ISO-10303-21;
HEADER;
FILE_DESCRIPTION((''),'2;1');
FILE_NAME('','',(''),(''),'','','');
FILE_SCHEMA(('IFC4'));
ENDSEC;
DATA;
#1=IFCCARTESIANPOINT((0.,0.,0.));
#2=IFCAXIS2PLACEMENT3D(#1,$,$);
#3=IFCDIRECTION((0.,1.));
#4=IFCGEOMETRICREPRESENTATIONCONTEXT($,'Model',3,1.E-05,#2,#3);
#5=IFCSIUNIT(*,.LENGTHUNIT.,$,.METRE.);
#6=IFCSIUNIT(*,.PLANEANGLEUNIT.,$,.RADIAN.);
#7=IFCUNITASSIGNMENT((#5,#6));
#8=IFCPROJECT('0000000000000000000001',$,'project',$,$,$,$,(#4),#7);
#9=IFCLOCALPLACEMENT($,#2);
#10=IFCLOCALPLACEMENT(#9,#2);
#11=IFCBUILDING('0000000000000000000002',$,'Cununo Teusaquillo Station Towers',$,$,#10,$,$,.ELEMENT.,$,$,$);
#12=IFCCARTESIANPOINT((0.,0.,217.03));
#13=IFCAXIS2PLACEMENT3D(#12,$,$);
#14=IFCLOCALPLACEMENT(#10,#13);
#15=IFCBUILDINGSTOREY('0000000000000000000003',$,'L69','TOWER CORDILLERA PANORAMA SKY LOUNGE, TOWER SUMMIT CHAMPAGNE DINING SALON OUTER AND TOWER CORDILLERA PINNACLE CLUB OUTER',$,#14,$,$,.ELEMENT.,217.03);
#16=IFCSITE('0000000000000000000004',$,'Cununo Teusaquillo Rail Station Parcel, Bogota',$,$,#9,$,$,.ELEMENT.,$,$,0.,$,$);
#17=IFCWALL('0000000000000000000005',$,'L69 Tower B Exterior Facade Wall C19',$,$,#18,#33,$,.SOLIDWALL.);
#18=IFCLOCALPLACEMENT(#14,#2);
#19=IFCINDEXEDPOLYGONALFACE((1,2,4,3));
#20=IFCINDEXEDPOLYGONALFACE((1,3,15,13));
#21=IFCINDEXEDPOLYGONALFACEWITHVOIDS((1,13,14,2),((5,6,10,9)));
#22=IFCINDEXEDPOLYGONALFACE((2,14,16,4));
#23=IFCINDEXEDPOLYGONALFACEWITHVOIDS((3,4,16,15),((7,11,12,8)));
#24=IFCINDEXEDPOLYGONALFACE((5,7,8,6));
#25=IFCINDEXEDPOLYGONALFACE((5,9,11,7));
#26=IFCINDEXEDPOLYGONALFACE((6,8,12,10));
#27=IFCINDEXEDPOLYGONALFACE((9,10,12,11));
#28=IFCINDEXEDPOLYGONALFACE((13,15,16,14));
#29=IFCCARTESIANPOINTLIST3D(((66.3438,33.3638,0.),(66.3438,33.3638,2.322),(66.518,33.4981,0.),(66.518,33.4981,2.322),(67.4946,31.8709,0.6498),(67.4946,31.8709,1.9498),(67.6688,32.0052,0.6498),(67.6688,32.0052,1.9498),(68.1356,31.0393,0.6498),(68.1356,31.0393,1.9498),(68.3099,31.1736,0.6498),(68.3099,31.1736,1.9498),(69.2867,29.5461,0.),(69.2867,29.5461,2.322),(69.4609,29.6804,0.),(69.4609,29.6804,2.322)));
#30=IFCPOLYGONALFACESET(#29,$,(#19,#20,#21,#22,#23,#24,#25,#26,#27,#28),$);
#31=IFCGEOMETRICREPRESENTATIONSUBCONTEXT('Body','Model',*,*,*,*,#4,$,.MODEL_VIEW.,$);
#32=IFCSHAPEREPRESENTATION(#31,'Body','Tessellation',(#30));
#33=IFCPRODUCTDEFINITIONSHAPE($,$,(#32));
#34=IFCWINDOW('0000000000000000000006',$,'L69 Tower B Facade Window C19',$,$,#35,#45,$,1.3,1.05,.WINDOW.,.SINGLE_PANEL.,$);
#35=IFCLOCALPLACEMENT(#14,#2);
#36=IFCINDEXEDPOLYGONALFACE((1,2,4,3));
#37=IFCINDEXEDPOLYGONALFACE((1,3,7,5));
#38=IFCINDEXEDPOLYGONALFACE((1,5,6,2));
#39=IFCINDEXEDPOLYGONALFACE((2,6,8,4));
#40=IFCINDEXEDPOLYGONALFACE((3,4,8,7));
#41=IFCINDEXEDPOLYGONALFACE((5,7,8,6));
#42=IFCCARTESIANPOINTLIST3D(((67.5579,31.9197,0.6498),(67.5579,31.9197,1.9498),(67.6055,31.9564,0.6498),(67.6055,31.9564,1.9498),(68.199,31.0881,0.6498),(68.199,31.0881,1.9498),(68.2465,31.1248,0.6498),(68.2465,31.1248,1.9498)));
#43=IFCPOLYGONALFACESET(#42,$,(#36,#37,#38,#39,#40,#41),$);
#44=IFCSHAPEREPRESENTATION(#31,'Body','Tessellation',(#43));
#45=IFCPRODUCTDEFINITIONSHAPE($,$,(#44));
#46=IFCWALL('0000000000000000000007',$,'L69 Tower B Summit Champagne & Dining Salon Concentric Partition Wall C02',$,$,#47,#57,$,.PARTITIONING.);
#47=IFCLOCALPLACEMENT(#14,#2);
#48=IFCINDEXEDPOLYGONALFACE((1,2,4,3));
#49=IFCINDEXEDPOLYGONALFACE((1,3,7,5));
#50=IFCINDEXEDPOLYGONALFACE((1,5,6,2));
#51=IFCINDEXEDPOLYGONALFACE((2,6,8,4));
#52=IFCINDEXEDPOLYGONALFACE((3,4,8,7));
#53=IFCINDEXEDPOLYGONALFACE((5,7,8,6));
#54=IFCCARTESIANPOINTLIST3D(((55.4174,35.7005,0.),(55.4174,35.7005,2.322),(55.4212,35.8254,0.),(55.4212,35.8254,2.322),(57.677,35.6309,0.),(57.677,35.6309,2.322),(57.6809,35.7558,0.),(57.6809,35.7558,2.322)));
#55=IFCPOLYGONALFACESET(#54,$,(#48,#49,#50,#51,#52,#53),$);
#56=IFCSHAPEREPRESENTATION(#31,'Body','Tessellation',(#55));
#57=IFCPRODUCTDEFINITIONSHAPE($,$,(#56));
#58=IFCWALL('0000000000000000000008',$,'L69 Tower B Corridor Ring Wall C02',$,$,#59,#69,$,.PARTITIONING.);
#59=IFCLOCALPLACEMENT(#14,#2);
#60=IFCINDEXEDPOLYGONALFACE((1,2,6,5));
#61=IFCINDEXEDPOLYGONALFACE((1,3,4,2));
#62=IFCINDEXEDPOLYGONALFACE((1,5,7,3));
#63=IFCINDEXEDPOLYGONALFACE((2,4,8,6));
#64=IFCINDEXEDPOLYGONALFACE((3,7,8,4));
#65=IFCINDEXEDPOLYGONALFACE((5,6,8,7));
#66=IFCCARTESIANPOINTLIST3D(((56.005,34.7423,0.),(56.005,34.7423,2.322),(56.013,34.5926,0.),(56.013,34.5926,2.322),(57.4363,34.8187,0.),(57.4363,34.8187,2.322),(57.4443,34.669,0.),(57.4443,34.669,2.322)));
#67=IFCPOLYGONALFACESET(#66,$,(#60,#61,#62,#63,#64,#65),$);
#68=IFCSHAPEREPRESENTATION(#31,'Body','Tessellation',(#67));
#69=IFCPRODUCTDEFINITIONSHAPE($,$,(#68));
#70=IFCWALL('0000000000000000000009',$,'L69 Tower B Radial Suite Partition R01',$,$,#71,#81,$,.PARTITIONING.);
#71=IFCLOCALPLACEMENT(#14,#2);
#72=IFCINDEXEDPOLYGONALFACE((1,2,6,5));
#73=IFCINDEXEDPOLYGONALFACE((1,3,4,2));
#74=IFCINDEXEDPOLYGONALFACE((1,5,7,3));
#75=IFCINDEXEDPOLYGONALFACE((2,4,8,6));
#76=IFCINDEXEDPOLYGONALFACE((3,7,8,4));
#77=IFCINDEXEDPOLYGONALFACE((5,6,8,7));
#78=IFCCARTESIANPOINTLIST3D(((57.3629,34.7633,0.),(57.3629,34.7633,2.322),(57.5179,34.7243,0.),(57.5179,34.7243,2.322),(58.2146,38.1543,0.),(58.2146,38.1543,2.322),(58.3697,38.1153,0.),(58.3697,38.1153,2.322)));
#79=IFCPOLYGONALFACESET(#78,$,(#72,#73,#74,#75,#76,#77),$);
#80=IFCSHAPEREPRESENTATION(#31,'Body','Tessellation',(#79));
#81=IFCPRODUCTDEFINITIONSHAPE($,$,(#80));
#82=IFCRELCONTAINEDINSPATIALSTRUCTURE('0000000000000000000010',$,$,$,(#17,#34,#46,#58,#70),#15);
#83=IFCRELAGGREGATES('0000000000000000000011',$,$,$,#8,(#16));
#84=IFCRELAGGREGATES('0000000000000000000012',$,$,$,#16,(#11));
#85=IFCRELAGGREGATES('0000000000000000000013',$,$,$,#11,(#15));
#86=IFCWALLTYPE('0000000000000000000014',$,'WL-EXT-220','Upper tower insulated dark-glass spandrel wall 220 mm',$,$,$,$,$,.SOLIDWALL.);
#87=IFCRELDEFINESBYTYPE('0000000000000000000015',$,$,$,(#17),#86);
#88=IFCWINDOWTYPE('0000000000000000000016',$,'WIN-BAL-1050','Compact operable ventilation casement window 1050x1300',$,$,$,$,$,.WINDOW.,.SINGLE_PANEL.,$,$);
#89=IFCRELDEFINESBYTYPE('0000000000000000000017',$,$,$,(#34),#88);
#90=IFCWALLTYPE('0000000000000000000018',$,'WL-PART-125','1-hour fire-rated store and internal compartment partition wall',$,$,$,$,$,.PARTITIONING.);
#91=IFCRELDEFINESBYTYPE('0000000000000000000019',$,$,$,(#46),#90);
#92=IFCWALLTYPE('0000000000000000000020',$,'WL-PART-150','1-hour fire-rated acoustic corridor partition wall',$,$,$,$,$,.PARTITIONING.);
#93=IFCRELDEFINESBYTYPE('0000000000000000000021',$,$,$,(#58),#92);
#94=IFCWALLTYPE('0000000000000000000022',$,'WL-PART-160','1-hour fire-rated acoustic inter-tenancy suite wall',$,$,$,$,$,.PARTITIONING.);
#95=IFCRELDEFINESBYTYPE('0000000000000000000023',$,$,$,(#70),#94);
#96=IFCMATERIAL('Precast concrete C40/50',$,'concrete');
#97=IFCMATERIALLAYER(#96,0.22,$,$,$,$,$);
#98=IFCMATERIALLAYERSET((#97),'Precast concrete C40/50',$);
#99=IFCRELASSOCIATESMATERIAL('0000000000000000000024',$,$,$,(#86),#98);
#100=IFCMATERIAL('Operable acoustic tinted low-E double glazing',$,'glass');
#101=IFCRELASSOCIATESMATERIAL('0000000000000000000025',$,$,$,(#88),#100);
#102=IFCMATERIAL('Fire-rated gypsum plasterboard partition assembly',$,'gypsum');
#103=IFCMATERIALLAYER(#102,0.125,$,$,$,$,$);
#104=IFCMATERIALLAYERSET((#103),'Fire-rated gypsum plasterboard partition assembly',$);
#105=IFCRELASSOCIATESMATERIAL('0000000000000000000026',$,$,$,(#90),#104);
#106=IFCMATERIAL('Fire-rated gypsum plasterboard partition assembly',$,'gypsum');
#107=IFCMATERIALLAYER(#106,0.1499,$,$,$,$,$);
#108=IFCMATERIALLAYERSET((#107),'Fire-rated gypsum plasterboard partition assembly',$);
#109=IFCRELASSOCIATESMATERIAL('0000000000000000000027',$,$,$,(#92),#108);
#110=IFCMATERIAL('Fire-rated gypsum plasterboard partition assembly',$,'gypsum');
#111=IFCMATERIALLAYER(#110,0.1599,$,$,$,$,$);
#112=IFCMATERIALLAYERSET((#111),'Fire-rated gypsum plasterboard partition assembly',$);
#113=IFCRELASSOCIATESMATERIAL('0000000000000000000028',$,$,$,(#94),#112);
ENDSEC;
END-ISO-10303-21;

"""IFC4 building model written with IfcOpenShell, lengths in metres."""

from ifc_helpers import new_model, si_unit, direction, frame, frame_2d, origin, place, context, subcontext, project, spatial, rectangle, extrude, source, transform, mapped, material, layer, layer_set, type_object, element, fill, save


model = new_model("IFC4")

# Units and contexts
model_context = context("Model", 3, precision=1e-05, world=origin(), true_north=direction((0.0, 1.0)))
body_context = subcontext(model_context, "Body", "Model", "MODEL_VIEW")
ifc_project = project(units=[si_unit("LENGTHUNIT", "METRE"), si_unit("PLANEANGLEUNIT", "RADIAN")], contexts=[model_context])

# Site, building, storey
site_placement = place(None, origin())
site = spatial("IfcSite", under=ifc_project, at=site_placement, Name="Cununo Teusaquillo Rail Station Parcel, Bogota", CompositionType="ELEMENT", RefElevation=0.0)
building_placement = place(site_placement, origin())
building = spatial("IfcBuilding", under=site, at=building_placement, Name="Cununo Teusaquillo Station Towers", CompositionType="ELEMENT")
storey_placement = place(building_placement, frame((0.0, 0.0, 217.03)))
storey = spatial("IfcBuildingStorey", under=building, at=storey_placement, Name="L69", Description="TOWER CORDILLERA PANORAMA SKY LOUNGE, TOWER SUMMIT CHAMPAGNE DINING SALON OUTER AND TOWER CORDILLERA PINNACLE CLUB OUTER", CompositionType="ELEMENT", Elevation=217.03)

# Shared definitions
ifc_material_1 = material(Name="Precast concrete C40/50", Category="concrete")
ifc_layer_1 = layer(ifc_material_1, 0.22)
ifc_layer_set_1 = layer_set([ifc_layer_1], Name="Precast concrete C40/50")
wall_type_1 = type_object("IfcWallType", Name="WL-EXT-220", Description="Upper tower insulated dark-glass spandrel wall 220 mm", PredefinedType="SOLIDWALL", material=ifc_layer_set_1)

# Wall, opening, window
wall_1_placement = place(storey_placement, frame((66.4309, 33.4309, 0.0), z_axis=(0.0, 0.0, 1.0), x_axis=(0.610523, -0.791998, 0.0)))
wall_1 = element("IfcWall", 1, at=wall_1_placement, inside=storey, type_object=wall_type_1, Name="L69 Tower B Exterior Facade Wall C19", PredefinedType="SOLIDWALL", context=body_context, shape_type="SweptSolid", body=[
    extrude(rectangle(XDim=4.8203, YDim=0.22, at=frame_2d((2.4102, 0.0))), origin(), (0.0, 0.0, 1.0), 2.322),
])
shared_shape_1 = source(origin(), body_context, "Body", "SweptSolid", [
    extrude(rectangle(XDim=1.05, YDim=1.3, at=frame_2d((0.5249, 0.6499))), frame((0.0, 0.1199, 0.0), z_axis=(0.0, -1.0, 0.0), x_axis=(1.0, 0.0, 0.0)), (0.0, 0.0, 1.0), 0.24),
])
opening_placement = place(wall_1_placement, frame((1.885, 0.0, 0.6499)))
opening = element("IfcOpeningElement", 2, at=opening_placement, cuts=wall_1, PredefinedType="OPENING", context=body_context, shape_type="MappedRepresentation", body=[
    mapped(shared_shape_1, transform((0.0, 0.0, 0.0), x_axis=(1.0, 0.0, 0.0), y_axis=(0.0, 1.0, 0.0), z_axis=(0.0, 0.0, 1.0), scale=1.0)),
])
ifc_material_2 = material(Name="Operable acoustic tinted low-E double glazing", Category="glass")
window_type = type_object("IfcWindowType", Name="WIN-BAL-1050", Description="Compact operable ventilation casement window 1050x1300", PartitioningType="SINGLE_PANEL", PredefinedType="WINDOW", material=ifc_material_2)
shared_shape_2 = source(origin(), body_context, "Body", "SweptSolid", [
    extrude(rectangle(XDim=1.05, YDim=1.3, at=frame_2d((0.5249, 0.6499))), frame((0.0, 0.03, 0.0), z_axis=(0.0, -1.0, 0.0), x_axis=(1.0, 0.0, 0.0)), (0.0, 0.0, 1.0), 0.0601),
])
window_placement = place(opening_placement, origin())
window = element("IfcWindow", 3, at=window_placement, inside=storey, type_object=window_type, Name="L69 Tower B Facade Window C19", OverallHeight=1.3, OverallWidth=1.05, PartitioningType="SINGLE_PANEL", PredefinedType="WINDOW", context=body_context, shape_type="MappedRepresentation", body=[
    mapped(shared_shape_2, transform((0.0, 0.0, 0.0), x_axis=(1.0, 0.0, 0.0), y_axis=(0.0, 1.0, 0.0), z_axis=(0.0, 0.0, 1.0), scale=1.0)),
])
fill(opening, window)

# Walls
ifc_material_3 = material(Name="Fire-rated gypsum plasterboard partition assembly", Category="gypsum")
ifc_layer_2 = layer(ifc_material_3, 0.125)
ifc_layer_set_2 = layer_set([ifc_layer_2], Name="Fire-rated gypsum plasterboard partition assembly")
wall_type_2 = type_object("IfcWallType", Name="WL-PART-125", Description="1-hour fire-rated store and internal compartment partition wall", PredefinedType="PARTITIONING", material=ifc_layer_set_2)
wall_2_placement = place(storey_placement, frame((57.679, 35.6934, 0.0), z_axis=(0.0, 0.0, 1.0), x_axis=(-0.999526, 0.030776, 0.0)))
element("IfcWall", 4, at=wall_2_placement, inside=storey, type_object=wall_type_2, Name="L69 Tower B Summit Champagne & Dining Salon Concentric Partition Wall C02", PredefinedType="PARTITIONING", context=body_context, shape_type="SweptSolid", body=[
    extrude(rectangle(XDim=2.2607, YDim=0.125, at=frame_2d((1.1304, 0.0))), origin(), (0.0, 0.0, 1.0), 2.322),
])
ifc_material_4 = material(Name="Fire-rated gypsum plasterboard partition assembly", Category="gypsum")
ifc_layer_3 = layer(ifc_material_4, 0.1499)
ifc_layer_set_3 = layer_set([ifc_layer_3], Name="Fire-rated gypsum plasterboard partition assembly")
wall_type_3 = type_object("IfcWallType", Name="WL-PART-150", Description="1-hour fire-rated acoustic corridor partition wall", PredefinedType="PARTITIONING", material=ifc_layer_set_3)
wall_3_placement = place(storey_placement, frame((57.4404, 34.7439, 0.0), z_axis=(0.0, 0.0, 1.0), x_axis=(-0.998578, -0.05331, 0.0)))
element("IfcWall", 5, at=wall_3_placement, inside=storey, type_object=wall_type_3, Name="L69 Tower B Corridor Ring Wall C02", PredefinedType="PARTITIONING", context=body_context, shape_type="SweptSolid", body=[
    extrude(rectangle(XDim=1.4333, YDim=0.1499, at=frame_2d((0.7168, 0.0))), origin(), (0.0, 0.0, 1.0), 2.322),
])
ifc_material_5 = material(Name="Fire-rated gypsum plasterboard partition assembly", Category="gypsum")
ifc_layer_4 = layer(ifc_material_5, 0.1599)
ifc_layer_set_4 = layer_set([ifc_layer_4], Name="Fire-rated gypsum plasterboard partition assembly")
wall_type_4 = type_object("IfcWallType", Name="WL-PART-160", Description="1-hour fire-rated acoustic inter-tenancy suite wall", PredefinedType="PARTITIONING", material=ifc_layer_set_4)
wall_4_placement = place(storey_placement, frame((57.4404, 34.7439, 0.0), z_axis=(0.0, 0.0, 1.0), x_axis=(0.24362, 0.969871, 0.0)))
element("IfcWall", 6, at=wall_4_placement, inside=storey, type_object=wall_type_4, Name="L69 Tower B Radial Suite Partition R01", PredefinedType="PARTITIONING", context=body_context, shape_type="SweptSolid", body=[
    extrude(rectangle(XDim=3.4963, YDim=0.1599, at=frame_2d((1.748, 0.0))), origin(), (0.0, 0.0, 1.0), 2.322),
])

save(model, "model.ifc")
